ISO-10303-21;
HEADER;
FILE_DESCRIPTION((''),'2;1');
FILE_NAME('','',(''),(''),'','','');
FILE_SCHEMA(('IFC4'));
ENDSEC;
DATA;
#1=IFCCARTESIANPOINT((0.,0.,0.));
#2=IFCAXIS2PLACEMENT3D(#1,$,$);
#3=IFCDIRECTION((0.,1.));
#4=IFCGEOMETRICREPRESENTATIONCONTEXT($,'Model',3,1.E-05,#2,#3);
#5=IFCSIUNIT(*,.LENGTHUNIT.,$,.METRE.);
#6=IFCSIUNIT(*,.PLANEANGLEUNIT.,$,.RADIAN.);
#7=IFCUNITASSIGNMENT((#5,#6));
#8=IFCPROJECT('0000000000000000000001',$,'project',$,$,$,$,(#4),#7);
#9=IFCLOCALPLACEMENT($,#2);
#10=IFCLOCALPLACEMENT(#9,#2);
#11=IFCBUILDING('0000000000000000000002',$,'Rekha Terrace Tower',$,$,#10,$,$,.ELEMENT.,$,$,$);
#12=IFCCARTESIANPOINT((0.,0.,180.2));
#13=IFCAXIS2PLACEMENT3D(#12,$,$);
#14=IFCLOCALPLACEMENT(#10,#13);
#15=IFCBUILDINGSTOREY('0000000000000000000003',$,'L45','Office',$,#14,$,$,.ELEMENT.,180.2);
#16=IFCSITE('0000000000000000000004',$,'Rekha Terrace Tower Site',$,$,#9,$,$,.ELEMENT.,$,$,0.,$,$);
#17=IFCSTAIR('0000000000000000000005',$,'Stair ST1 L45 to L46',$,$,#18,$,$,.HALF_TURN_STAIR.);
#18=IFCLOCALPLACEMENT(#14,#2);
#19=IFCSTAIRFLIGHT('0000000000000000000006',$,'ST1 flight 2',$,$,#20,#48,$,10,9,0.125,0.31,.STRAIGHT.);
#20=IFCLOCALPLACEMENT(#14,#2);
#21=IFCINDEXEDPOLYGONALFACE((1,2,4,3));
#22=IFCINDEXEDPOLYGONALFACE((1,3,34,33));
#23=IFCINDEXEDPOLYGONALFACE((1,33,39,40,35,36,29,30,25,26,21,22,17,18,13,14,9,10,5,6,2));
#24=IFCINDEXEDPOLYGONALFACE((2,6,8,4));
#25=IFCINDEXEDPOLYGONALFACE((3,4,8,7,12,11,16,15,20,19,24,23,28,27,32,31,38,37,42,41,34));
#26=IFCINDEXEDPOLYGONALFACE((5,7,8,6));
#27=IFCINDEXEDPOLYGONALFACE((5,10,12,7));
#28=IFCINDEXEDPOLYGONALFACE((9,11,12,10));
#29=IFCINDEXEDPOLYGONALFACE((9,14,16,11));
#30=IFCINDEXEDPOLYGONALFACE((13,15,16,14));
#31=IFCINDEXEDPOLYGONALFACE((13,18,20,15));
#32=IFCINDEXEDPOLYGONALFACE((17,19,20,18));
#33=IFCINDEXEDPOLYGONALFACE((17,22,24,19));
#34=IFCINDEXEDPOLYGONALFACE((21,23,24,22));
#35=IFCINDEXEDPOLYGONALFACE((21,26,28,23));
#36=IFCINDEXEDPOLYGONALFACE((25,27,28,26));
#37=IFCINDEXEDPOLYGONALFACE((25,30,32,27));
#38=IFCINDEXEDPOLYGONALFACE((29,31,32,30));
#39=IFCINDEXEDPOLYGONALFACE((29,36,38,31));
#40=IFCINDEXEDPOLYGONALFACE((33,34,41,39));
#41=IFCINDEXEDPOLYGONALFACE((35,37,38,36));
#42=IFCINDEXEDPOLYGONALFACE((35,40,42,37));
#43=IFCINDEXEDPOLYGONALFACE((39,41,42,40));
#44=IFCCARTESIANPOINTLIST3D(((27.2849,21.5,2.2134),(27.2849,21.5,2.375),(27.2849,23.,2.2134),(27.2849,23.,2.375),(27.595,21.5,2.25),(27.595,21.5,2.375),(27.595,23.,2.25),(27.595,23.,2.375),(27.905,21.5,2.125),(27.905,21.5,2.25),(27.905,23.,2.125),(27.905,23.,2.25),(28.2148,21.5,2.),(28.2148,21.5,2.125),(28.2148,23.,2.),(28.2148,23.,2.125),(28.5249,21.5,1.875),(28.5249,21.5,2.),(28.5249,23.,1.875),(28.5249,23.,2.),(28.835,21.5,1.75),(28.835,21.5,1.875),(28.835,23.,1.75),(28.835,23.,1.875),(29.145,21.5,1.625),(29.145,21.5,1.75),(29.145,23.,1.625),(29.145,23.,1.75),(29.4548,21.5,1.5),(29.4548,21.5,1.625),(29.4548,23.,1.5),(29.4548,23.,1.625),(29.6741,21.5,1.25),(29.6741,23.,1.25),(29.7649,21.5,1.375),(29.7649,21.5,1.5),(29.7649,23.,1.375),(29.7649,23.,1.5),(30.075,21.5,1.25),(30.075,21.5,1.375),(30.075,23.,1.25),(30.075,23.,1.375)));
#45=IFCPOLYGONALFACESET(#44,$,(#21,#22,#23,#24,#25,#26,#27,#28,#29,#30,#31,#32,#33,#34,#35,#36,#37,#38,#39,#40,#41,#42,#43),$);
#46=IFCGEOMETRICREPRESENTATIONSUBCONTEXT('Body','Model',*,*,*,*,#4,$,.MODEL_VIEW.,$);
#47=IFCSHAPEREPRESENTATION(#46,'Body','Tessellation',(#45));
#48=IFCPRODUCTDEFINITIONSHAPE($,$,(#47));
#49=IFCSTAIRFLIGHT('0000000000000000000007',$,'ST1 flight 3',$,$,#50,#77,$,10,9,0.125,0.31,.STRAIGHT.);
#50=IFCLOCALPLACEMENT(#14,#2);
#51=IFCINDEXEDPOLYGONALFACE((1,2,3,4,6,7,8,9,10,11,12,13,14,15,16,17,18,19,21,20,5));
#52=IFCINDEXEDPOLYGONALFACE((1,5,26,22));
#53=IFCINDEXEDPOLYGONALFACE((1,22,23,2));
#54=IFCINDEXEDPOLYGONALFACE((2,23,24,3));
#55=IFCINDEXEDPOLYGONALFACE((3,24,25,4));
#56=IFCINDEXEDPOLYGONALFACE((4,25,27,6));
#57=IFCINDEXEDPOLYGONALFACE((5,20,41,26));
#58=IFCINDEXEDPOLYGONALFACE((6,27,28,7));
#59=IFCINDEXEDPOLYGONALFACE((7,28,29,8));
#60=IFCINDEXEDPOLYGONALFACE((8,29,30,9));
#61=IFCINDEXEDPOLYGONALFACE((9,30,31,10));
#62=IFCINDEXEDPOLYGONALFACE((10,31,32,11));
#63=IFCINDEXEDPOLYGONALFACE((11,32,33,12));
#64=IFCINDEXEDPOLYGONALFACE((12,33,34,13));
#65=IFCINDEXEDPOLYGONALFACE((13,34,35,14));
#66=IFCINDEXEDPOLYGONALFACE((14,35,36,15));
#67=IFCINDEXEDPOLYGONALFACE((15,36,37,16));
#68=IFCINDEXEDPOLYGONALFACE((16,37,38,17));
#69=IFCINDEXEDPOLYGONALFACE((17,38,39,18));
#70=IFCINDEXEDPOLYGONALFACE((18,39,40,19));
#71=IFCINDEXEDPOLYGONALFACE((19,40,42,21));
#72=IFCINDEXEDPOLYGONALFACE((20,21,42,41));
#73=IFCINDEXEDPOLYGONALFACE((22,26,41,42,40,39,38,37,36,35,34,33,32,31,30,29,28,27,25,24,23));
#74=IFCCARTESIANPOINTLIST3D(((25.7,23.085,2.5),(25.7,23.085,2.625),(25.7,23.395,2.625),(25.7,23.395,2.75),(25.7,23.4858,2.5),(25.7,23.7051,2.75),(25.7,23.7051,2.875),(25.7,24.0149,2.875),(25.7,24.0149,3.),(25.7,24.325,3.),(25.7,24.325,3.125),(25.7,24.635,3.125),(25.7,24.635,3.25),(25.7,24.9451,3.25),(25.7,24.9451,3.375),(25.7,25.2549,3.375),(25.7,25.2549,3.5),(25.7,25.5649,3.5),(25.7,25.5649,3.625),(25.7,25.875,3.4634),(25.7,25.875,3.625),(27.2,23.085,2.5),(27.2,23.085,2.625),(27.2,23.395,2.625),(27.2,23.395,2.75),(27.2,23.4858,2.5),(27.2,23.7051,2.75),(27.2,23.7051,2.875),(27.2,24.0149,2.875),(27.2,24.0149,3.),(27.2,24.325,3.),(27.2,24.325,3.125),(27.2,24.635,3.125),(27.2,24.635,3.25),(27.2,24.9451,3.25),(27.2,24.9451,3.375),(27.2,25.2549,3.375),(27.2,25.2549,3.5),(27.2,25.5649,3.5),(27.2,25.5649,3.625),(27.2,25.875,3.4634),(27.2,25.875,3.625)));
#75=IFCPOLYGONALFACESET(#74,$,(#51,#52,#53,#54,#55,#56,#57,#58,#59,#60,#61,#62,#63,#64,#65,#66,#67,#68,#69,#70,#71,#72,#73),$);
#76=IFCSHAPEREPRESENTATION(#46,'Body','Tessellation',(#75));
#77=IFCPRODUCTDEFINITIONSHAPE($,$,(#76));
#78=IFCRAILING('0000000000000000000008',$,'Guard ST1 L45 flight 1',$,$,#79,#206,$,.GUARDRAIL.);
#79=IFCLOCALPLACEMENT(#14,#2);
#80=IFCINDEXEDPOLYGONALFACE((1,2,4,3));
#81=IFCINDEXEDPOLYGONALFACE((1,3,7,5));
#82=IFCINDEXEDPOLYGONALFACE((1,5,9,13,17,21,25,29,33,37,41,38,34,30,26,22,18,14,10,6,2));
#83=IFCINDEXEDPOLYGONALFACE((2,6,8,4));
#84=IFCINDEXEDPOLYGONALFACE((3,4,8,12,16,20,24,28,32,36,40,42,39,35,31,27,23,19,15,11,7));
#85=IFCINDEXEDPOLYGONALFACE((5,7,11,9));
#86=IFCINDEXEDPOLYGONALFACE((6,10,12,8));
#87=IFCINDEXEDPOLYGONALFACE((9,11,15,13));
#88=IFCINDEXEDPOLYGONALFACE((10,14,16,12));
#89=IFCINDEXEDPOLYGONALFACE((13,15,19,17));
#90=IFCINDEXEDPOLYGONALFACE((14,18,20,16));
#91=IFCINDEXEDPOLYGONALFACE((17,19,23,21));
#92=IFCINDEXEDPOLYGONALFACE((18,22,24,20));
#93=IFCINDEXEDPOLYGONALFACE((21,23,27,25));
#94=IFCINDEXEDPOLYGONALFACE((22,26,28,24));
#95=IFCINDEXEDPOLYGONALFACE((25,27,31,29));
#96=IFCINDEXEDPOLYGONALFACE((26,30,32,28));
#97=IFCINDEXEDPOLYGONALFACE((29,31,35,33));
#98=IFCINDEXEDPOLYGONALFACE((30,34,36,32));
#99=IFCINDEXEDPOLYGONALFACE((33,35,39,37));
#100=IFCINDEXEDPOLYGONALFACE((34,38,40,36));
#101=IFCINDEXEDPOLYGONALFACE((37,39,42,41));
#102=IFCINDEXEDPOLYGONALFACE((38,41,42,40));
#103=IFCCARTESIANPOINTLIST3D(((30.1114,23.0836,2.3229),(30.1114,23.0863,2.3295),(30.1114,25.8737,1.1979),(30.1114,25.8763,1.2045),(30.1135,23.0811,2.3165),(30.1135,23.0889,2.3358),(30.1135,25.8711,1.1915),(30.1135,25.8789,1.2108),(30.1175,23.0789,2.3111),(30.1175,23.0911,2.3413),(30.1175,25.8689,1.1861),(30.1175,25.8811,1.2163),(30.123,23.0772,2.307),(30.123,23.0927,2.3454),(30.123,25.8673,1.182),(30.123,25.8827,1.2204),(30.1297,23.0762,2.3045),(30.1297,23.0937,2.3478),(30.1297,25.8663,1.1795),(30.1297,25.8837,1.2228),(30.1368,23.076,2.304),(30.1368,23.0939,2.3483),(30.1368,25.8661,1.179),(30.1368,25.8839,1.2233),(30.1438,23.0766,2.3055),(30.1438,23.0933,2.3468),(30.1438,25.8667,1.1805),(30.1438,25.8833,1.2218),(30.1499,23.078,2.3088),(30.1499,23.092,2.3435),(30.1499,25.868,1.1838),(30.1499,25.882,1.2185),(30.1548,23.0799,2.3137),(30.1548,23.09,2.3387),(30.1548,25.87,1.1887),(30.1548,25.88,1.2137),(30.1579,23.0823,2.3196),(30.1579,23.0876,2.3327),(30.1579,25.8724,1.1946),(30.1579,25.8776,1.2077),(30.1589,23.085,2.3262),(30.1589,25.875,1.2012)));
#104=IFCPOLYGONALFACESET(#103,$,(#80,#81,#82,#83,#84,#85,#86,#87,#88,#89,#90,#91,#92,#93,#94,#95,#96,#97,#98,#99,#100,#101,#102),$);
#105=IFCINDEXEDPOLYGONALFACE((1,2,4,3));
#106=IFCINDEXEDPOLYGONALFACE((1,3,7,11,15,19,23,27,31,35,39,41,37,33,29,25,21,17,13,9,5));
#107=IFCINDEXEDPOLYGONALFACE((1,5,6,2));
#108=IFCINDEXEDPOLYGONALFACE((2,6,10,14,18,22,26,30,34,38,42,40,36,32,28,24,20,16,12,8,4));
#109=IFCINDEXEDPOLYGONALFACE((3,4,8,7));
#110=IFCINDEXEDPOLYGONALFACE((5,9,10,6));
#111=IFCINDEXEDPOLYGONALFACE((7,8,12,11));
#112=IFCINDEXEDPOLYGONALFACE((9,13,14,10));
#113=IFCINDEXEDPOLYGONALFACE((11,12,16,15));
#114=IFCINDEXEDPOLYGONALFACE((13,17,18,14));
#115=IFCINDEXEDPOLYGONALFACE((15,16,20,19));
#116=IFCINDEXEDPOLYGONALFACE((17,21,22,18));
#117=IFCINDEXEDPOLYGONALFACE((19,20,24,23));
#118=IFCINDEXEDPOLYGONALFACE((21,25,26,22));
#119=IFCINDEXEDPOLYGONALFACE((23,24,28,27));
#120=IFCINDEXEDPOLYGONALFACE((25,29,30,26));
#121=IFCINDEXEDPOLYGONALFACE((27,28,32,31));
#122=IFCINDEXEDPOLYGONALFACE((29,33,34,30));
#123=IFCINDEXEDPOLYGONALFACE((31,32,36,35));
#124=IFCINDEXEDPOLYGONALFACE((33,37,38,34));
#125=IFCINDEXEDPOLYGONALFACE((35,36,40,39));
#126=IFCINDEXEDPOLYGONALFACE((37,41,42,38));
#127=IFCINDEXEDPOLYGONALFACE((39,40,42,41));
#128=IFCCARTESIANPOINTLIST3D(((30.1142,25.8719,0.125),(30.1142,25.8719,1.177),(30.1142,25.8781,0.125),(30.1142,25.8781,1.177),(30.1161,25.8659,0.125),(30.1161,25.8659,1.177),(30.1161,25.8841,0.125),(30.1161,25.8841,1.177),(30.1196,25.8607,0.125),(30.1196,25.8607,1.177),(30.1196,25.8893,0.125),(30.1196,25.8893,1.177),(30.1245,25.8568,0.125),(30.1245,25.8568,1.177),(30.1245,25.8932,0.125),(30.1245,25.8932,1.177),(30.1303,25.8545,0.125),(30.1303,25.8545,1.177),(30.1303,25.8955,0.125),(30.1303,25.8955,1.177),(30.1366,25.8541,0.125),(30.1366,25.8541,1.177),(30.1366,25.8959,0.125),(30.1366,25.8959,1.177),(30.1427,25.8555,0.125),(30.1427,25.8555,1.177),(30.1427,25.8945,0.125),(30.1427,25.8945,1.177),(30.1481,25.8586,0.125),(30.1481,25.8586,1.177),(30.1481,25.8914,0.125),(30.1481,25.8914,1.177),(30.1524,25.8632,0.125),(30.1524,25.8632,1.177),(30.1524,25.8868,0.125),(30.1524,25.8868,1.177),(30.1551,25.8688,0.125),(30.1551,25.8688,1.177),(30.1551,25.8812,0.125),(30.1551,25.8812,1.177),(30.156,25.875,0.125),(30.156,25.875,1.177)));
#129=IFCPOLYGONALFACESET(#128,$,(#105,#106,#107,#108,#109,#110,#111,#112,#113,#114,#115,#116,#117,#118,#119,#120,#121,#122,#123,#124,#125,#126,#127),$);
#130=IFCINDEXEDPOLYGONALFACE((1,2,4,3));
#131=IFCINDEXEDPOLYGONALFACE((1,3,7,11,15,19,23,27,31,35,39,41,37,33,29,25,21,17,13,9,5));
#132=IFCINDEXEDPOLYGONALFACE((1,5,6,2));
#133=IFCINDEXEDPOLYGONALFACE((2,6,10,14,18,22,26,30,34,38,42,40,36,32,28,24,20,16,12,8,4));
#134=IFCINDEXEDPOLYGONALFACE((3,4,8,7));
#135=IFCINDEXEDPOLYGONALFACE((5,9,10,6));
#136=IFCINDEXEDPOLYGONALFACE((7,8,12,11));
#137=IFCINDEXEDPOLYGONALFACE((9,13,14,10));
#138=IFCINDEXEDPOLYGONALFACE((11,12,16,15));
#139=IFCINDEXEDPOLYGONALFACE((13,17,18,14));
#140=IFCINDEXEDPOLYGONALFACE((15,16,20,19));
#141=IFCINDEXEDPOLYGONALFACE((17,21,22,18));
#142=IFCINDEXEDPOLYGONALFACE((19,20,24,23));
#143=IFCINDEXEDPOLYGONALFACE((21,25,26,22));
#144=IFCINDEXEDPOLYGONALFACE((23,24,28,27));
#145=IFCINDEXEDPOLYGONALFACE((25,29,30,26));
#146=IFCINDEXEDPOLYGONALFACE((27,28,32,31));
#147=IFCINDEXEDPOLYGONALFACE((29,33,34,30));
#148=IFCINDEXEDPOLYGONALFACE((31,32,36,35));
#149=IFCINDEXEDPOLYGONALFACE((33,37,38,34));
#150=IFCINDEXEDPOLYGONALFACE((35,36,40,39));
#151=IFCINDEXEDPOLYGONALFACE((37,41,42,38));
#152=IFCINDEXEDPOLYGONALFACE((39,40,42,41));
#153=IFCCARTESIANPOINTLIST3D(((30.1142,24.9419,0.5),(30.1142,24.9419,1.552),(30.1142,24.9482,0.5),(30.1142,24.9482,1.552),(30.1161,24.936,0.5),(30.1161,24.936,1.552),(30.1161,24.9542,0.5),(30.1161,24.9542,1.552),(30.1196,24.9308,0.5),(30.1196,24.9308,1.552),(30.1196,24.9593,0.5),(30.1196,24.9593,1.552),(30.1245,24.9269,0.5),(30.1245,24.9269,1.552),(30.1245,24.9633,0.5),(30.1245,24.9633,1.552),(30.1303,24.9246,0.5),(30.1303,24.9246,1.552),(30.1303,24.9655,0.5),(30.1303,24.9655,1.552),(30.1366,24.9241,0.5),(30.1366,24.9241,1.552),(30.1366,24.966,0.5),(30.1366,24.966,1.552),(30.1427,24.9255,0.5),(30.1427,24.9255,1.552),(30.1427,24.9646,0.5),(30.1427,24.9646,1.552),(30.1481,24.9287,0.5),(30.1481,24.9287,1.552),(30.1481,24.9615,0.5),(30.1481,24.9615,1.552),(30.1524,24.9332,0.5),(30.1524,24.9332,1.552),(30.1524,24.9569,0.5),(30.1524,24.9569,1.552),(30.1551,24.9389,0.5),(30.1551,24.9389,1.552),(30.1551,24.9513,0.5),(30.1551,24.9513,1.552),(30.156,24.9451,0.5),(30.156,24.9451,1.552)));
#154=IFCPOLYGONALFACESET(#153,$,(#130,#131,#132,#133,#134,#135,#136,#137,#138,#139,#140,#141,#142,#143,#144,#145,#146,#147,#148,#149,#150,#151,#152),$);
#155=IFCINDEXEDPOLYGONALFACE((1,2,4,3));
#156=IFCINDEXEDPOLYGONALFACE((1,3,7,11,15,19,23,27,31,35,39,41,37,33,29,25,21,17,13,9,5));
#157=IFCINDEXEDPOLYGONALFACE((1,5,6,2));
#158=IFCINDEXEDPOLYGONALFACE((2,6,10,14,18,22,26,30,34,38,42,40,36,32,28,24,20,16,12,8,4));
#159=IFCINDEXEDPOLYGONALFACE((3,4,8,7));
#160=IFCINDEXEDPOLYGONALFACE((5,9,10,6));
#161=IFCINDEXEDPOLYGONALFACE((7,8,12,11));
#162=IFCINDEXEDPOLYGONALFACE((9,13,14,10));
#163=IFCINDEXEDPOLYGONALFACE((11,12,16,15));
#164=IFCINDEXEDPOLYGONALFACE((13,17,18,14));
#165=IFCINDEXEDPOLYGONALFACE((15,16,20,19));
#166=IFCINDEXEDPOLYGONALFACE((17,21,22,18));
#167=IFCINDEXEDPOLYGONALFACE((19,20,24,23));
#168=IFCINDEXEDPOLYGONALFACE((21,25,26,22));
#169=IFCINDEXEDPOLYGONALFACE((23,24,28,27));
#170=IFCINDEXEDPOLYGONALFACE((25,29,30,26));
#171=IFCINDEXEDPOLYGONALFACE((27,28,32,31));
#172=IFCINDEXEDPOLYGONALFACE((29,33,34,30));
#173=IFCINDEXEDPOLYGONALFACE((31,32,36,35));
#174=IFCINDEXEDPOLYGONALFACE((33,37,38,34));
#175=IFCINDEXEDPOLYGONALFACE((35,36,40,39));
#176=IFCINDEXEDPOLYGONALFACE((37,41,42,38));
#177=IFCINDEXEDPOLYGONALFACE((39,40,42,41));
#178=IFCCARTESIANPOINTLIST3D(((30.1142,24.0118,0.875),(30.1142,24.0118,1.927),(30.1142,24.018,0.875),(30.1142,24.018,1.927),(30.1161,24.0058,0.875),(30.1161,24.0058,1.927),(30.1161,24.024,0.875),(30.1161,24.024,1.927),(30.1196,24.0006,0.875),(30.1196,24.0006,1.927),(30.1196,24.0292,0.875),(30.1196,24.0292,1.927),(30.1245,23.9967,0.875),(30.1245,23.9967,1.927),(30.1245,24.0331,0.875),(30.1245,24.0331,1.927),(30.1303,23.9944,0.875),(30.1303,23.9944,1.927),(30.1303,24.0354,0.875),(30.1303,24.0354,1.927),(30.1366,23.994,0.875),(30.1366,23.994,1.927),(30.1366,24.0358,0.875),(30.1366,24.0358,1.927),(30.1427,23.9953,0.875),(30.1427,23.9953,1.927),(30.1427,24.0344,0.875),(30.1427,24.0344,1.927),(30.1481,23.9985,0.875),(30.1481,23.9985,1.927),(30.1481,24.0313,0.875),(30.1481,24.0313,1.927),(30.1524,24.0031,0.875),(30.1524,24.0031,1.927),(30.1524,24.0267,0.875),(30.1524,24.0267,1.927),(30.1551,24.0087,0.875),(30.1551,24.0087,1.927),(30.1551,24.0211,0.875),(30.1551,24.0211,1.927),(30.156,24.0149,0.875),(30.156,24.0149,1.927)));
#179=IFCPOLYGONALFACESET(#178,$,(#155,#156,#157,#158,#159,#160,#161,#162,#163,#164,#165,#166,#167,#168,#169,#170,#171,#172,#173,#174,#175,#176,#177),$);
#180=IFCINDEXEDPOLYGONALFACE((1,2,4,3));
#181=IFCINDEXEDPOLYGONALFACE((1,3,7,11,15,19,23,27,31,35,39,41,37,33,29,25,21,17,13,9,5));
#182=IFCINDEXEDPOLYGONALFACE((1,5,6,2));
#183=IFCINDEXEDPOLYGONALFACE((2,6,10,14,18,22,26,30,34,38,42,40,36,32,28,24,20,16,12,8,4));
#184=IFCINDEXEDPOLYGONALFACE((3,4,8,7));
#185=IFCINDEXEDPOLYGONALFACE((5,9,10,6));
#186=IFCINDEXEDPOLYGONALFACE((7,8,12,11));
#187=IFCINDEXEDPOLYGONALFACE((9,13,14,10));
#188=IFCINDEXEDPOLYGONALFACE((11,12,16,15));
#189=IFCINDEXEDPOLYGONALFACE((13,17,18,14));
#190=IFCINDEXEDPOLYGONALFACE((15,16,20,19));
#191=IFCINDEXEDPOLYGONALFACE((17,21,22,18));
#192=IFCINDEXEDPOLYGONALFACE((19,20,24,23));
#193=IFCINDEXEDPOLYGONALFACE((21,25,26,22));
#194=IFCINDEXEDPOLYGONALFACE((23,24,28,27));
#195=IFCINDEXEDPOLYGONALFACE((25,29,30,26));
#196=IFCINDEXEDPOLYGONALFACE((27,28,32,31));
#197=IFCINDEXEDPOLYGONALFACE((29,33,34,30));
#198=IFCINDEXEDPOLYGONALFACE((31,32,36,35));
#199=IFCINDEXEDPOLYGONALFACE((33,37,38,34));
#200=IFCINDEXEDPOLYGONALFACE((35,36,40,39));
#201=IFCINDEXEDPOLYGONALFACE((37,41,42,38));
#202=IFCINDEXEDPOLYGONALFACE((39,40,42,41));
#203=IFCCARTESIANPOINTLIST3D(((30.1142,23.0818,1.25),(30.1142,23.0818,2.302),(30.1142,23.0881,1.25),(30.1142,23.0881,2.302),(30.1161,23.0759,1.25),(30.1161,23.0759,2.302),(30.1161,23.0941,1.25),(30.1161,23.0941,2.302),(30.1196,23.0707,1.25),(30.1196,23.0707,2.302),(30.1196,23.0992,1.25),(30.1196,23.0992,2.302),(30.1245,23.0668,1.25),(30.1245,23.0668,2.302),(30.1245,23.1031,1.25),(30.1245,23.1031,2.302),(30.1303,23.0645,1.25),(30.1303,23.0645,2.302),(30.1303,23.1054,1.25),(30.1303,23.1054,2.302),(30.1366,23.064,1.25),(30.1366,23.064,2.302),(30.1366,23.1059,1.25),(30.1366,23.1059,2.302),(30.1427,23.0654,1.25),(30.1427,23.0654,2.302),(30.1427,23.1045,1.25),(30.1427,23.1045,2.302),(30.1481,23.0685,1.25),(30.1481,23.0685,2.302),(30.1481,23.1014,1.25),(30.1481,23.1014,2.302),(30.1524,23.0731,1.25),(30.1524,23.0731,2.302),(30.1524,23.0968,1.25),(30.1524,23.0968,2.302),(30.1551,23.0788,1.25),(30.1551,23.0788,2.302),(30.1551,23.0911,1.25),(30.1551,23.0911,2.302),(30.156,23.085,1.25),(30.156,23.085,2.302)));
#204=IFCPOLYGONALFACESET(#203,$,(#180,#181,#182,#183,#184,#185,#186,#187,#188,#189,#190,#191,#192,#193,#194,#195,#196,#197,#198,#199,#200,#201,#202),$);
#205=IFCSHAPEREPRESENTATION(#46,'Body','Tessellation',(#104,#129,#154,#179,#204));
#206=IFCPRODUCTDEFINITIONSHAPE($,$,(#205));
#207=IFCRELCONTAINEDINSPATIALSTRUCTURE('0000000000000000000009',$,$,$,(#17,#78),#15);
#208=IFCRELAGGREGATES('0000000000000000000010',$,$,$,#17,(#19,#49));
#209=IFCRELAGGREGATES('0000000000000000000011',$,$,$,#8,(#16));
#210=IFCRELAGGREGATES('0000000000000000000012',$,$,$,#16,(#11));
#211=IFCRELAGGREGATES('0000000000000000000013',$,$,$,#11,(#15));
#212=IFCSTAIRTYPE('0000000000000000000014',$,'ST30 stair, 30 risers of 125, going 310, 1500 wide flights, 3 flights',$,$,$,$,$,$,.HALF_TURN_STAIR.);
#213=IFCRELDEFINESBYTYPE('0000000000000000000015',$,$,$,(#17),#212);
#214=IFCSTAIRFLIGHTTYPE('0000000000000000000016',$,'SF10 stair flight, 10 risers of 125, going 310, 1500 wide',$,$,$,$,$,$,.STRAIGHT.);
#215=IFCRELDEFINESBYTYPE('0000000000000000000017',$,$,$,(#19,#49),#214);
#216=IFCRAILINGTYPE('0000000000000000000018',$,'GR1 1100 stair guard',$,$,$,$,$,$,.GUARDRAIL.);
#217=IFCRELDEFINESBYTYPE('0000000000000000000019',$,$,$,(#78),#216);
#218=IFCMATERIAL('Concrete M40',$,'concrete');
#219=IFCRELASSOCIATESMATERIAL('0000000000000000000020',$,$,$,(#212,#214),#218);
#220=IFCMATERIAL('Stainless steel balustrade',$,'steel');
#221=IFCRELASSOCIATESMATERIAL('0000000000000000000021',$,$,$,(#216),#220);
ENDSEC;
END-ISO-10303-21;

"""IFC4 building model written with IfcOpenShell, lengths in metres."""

from ifc_helpers import new_model, si_unit, direction, frame, origin, origin_2d, place, context, subcontext, project, spatial, polyline, circle, outline, extrude, material, type_object, element, aggregate, save


model = new_model("IFC4")

# Units and contexts
model_context = context("Model", 3, precision=1e-05, world=origin(), true_north=direction((0.0, 1.0)))
body_context = subcontext(model_context, "Body", "Model", "MODEL_VIEW")
ifc_project = project(units=[si_unit("LENGTHUNIT", "METRE"), si_unit("PLANEANGLEUNIT", "RADIAN")], contexts=[model_context])

# Site, building, storey
site_placement = place(None, origin())
site = spatial("IfcSite", under=ifc_project, at=site_placement, Name="Rekha Terrace Tower Site", CompositionType="ELEMENT", RefElevation=0.0)
building_placement = place(site_placement, origin())
building = spatial("IfcBuilding", under=site, at=building_placement, Name="Rekha Terrace Tower", CompositionType="ELEMENT")
storey_placement = place(building_placement, frame((0.0, 0.0, 180.2)))
storey = spatial("IfcBuildingStorey", under=building, at=storey_placement, Name="L45", Description="Office", CompositionType="ELEMENT", Elevation=180.2)

# Stair, stair flights
ifc_material_1 = material(Name="Concrete M40", Category="concrete")
stair_type = type_object("IfcStairType", Name="ST30 stair, 30 risers of 125, going 310, 1500 wide flights, 3 flights", PredefinedType="HALF_TURN_STAIR", material=ifc_material_1)
stair_placement = place(storey_placement, origin())
stair = element("IfcStair", 1, at=stair_placement, inside=storey, type_object=stair_type, Name="Stair ST1 L45 to L46", PredefinedType="HALF_TURN_STAIR")
stair_flight_type = type_object("IfcStairFlightType", Name="SF10 stair flight, 10 risers of 125, going 310, 1500 wide", PredefinedType="STRAIGHT", material=ifc_material_1)
stair_flight_1_placement = place(storey_placement, frame((30.075, 22.25, 1.25), z_axis=(0.0, 0.0, 1.0), x_axis=(-1.0, 0.0, 0.0)))
stair_flight_1 = element("IfcStairFlight", 2, at=stair_flight_1_placement, type_object=stair_flight_type, Name="ST1 flight 2", NumberOfRisers=10, NumberOfTreads=9, PredefinedType="STRAIGHT", RiserHeight=0.125, TreadLength=0.31, context=body_context, shape_type="SweptSolid", body=[
    extrude(outline(polyline([(0.0, 0.0), (0.0, 0.125), (0.3101, 0.125), (0.3101, 0.25), (0.6201, 0.25), (0.6201, 0.375), (0.9299, 0.375), (0.9299, 0.5), (1.24, 0.5), (1.24, 0.625), (1.55, 0.625), (1.55, 0.75), (1.8601, 0.75), (1.8601, 0.875), (2.1699, 0.875), (2.1699, 1.0), (2.48, 1.0), (2.48, 1.125), (2.79, 1.125), (2.79, 1.25), (2.79, 0.9634), (0.4009, 0.0), (0.0, 0.0)])), frame((0.0, 0.75, 0.0), z_axis=(0.0, -1.0, 0.0), x_axis=(1.0, 0.0, 0.0)), (0.0, 0.0, 1.0), 1.5),
])
stair_flight_2_placement = place(storey_placement, frame((26.45, 23.085, 2.5), z_axis=(0.0, 0.0, 1.0), x_axis=(0.0, 1.0, 0.0)))
stair_flight_2 = element("IfcStairFlight", 3, at=stair_flight_2_placement, type_object=stair_flight_type, Name="ST1 flight 3", NumberOfRisers=10, NumberOfTreads=9, PredefinedType="STRAIGHT", RiserHeight=0.125, TreadLength=0.31, context=body_context, shape_type="SweptSolid", body=[
    extrude(outline(polyline([(0.0, 0.0), (0.0, 0.125), (0.3101, 0.125), (0.3101, 0.25), (0.6201, 0.25), (0.6201, 0.375), (0.9299, 0.375), (0.9299, 0.5), (1.24, 0.5), (1.24, 0.625), (1.55, 0.625), (1.55, 0.75), (1.8601, 0.75), (1.8601, 0.875), (2.1699, 0.875), (2.1699, 1.0), (2.48, 1.0), (2.48, 1.125), (2.79, 1.125), (2.79, 1.25), (2.79, 0.9634), (0.4009, 0.0), (0.0, 0.0)])), frame((0.0, 0.75, 0.0), z_axis=(0.0, -1.0, 0.0), x_axis=(1.0, 0.0, 0.0)), (0.0, 0.0, 1.0), 1.5),
])
aggregate(stair, [stair_flight_1, stair_flight_2])

# Railing
ifc_material_2 = material(Name="Stainless steel balustrade", Category="steel")
railing_type_1 = type_object("IfcRailingType", Name="GR1 1100 stair guard", PredefinedType="GUARDRAIL", material=ifc_material_2)
railing_1_placement = place(storey_placement, frame((30.135, 25.875, 0.125)))
element("IfcRailing", 4, at=railing_1_placement, inside=storey, type_object=railing_type_1, Name="Guard ST1 L45 flight 1", PredefinedType="GUARDRAIL", context=body_context, shape_type="SweptSolid", body=[
    extrude(circle(Radius=0.0239, at=origin_2d()), frame((0.0, 0.0, 1.0762), z_axis=(0.0, -0.927443, 0.373964), x_axis=(1.0, 0.0, 0.0)), (0.0, 0.0, 1.0), 3.0083),
    extrude(circle(Radius=0.021, at=origin_2d()), origin(), (0.0, 0.0, 1.0), 1.052),
    extrude(circle(Radius=0.021, at=origin_2d()), frame((0.0, -0.9299, 0.375)), (0.0, 0.0, 1.0), 1.052),
    extrude(circle(Radius=0.021, at=origin_2d()), frame((0.0, -1.8601, 0.75)), (0.0, 0.0, 1.0), 1.052),
    extrude(circle(Radius=0.021, at=origin_2d()), frame((0.0, -2.79, 1.125)), (0.0, 0.0, 1.0), 1.052),
])

save(model, "model.ifc")
